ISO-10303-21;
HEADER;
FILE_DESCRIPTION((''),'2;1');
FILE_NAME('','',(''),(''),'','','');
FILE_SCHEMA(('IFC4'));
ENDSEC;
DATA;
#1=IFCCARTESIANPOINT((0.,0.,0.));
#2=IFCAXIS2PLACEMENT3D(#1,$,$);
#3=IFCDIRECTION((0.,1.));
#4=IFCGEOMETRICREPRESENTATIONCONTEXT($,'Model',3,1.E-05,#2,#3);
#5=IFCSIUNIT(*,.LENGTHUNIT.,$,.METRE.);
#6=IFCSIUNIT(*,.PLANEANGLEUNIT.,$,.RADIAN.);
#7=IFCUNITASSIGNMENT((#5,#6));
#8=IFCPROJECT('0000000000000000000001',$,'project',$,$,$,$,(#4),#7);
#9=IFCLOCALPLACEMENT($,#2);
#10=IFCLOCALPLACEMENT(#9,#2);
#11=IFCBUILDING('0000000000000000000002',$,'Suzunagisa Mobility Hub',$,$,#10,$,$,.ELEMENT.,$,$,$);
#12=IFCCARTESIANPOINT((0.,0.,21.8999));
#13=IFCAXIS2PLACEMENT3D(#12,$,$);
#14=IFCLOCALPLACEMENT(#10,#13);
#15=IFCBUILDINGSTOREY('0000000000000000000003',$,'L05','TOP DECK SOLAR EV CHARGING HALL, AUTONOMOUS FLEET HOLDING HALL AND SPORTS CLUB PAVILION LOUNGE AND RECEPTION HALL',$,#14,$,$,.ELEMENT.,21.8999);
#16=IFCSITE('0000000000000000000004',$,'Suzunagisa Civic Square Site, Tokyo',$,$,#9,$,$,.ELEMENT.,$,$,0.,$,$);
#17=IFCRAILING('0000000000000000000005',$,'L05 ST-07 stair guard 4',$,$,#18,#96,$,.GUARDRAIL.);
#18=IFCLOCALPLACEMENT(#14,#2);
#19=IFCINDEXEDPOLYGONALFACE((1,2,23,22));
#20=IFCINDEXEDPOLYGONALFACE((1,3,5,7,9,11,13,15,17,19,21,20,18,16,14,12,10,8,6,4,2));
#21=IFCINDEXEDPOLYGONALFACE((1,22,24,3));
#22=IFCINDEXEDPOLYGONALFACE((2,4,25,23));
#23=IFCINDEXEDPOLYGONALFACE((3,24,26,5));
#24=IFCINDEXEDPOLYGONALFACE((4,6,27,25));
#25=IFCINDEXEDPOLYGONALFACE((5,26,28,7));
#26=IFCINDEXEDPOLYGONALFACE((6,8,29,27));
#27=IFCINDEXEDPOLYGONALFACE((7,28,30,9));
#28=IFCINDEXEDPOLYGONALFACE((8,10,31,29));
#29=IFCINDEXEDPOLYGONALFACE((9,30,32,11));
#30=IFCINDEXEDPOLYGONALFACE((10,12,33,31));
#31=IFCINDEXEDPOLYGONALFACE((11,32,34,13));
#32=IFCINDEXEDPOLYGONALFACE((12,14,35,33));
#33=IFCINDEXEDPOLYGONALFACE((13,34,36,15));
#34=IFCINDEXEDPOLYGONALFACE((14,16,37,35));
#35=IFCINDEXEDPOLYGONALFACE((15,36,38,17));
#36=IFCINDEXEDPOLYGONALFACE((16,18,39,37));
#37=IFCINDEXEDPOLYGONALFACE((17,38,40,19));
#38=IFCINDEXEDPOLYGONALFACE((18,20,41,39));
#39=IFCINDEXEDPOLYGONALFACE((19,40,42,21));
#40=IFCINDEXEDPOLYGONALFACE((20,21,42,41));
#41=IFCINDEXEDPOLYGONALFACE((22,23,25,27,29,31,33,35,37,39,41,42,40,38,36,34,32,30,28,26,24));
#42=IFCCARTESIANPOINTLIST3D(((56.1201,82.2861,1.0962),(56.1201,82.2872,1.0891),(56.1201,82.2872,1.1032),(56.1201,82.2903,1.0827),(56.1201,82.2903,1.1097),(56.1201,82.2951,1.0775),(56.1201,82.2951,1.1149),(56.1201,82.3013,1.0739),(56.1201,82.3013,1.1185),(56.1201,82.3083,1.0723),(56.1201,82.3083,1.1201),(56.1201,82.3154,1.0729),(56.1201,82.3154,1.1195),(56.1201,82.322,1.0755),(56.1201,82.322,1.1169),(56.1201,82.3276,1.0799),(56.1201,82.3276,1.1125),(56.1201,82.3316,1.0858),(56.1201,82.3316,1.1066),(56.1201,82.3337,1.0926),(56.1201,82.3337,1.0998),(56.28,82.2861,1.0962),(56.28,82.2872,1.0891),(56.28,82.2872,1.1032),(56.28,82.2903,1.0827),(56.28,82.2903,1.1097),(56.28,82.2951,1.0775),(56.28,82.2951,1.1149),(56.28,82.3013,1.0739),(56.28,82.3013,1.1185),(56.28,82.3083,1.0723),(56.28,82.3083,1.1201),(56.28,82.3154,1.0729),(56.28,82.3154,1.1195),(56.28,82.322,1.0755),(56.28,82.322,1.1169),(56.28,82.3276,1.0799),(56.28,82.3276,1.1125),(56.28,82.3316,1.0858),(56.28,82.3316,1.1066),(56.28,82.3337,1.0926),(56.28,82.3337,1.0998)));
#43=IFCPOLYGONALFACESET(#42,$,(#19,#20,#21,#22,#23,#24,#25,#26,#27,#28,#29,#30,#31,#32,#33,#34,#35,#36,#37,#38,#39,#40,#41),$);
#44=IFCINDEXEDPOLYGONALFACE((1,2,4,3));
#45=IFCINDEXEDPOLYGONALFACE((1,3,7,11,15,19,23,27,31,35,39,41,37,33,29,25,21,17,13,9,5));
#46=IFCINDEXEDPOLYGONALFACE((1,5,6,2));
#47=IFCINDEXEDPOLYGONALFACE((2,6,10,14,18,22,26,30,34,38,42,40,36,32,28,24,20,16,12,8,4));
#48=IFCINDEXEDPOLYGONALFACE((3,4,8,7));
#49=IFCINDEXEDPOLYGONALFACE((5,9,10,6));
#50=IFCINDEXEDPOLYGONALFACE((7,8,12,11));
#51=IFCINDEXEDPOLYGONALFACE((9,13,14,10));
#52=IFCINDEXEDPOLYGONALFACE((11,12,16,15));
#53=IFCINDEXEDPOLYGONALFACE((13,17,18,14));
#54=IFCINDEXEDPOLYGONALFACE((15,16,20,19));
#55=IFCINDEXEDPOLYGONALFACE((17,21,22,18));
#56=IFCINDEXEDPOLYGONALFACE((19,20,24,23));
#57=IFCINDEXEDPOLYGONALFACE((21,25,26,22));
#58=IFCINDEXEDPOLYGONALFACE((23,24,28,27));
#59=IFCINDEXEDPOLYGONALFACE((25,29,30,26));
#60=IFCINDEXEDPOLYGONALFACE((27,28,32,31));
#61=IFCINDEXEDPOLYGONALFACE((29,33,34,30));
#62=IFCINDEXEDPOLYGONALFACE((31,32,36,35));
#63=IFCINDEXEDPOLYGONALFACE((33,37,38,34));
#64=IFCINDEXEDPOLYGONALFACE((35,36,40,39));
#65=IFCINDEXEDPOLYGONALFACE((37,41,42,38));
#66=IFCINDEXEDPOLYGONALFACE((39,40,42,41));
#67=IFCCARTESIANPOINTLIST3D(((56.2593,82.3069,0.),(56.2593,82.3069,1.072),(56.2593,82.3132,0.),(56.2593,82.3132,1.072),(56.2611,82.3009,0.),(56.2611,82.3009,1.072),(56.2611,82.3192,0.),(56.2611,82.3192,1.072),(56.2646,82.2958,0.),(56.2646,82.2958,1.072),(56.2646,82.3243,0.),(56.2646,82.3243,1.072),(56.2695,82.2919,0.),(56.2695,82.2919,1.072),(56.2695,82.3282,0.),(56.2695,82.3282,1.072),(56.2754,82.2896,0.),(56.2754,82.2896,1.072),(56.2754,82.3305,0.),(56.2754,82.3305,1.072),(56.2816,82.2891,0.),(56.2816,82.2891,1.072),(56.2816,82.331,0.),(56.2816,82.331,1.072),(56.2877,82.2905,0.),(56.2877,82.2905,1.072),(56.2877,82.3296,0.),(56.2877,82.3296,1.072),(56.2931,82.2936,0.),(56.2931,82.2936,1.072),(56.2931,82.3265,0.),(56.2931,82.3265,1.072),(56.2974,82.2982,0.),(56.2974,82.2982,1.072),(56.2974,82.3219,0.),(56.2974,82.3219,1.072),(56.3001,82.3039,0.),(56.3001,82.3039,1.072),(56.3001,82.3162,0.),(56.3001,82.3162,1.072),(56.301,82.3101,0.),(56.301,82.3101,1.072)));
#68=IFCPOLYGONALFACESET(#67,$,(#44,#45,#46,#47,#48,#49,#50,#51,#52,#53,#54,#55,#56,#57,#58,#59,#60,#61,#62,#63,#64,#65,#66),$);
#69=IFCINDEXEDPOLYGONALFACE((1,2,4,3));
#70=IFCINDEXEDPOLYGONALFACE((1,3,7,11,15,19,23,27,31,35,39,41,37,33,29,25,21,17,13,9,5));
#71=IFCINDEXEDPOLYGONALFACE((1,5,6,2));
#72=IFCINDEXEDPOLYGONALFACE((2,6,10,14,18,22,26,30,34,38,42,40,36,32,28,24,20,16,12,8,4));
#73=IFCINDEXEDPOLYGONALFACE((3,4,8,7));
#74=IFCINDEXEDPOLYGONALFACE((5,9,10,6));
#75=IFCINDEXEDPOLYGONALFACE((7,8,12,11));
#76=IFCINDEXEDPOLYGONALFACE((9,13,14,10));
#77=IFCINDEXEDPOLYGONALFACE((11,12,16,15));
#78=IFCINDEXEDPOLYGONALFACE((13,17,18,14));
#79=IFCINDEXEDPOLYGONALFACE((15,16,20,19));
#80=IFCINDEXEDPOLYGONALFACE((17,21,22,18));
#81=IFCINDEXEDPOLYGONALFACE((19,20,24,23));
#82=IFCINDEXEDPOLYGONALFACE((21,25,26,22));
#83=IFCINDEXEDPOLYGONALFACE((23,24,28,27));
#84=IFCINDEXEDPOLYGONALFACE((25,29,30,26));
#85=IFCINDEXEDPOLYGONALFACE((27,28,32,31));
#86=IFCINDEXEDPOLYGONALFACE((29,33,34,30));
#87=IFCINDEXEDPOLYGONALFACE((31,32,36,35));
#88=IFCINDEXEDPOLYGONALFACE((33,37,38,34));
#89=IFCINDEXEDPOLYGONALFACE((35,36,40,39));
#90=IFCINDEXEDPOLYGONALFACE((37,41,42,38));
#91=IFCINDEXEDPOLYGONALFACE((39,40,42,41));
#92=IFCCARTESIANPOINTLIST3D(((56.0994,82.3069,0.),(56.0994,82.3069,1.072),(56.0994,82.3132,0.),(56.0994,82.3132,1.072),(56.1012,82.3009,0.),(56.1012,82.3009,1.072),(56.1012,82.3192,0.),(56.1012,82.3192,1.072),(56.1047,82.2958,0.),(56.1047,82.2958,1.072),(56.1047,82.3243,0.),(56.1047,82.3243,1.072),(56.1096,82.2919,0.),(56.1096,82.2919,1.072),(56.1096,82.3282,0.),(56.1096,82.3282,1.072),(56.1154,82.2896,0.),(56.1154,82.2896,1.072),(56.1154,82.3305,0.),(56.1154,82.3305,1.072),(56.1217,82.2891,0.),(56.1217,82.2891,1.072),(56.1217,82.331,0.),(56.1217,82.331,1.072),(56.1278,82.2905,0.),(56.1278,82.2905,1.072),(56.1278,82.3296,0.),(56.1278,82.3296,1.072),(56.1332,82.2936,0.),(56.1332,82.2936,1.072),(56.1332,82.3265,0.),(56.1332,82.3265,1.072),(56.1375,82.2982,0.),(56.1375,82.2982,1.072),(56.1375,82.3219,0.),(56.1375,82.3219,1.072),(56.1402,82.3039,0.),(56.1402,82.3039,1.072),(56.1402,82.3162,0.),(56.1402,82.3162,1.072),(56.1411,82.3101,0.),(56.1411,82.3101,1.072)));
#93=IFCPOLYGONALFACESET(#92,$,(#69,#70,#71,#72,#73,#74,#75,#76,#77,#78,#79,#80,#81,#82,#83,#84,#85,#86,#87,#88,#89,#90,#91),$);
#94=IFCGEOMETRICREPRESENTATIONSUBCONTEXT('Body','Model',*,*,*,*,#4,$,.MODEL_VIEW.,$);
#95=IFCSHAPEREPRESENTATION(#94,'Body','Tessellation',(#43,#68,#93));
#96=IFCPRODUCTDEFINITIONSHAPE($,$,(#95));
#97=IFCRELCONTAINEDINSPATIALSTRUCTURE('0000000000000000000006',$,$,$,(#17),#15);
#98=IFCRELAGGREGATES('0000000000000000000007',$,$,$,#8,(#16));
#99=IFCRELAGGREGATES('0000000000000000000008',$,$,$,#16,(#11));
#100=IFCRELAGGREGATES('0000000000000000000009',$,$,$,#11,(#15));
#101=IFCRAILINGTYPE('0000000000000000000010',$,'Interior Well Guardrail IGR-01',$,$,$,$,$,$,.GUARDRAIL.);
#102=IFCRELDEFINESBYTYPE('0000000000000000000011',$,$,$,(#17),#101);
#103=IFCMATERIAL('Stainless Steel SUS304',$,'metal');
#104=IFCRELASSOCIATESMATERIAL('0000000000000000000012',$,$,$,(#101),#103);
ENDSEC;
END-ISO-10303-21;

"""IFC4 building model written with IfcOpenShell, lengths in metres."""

from ifc_helpers import new_model, si_unit, direction, frame, origin, origin_2d, place, context, subcontext, project, spatial, circle, extrude, material, type_object, element, save


model = new_model("IFC4")

# Units and contexts
model_context = context("Model", 3, precision=1e-05, world=origin(), true_north=direction((0.0, 1.0)))
body_context = subcontext(model_context, "Body", "Model", "MODEL_VIEW")
ifc_project = project(units=[si_unit("LENGTHUNIT", "METRE"), si_unit("PLANEANGLEUNIT", "RADIAN")], contexts=[model_context])

# Site, building, storey
site_placement = place(None, origin())
site = spatial("IfcSite", under=ifc_project, at=site_placement, Name="Suzunagisa Civic Square Site, Tokyo", CompositionType="ELEMENT", RefElevation=0.0)
building_placement = place(site_placement, origin())
building = spatial("IfcBuilding", under=site, at=building_placement, Name="Suzunagisa Mobility Hub", CompositionType="ELEMENT")
storey_placement = place(building_placement, frame((0.0, 0.0, 21.8999)))
storey = spatial("IfcBuildingStorey", under=building, at=storey_placement, Name="L05", Description="TOP DECK SOLAR EV CHARGING HALL, AUTONOMOUS FLEET HOLDING HALL AND SPORTS CLUB PAVILION LOUNGE AND RECEPTION HALL", CompositionType="ELEMENT", Elevation=21.8999)

# Railing
ifc_material_1 = material(Name="Stainless Steel SUS304", Category="metal")
railing_type_1 = type_object("IfcRailingType", Name="Interior Well Guardrail IGR-01", PredefinedType="GUARDRAIL", material=ifc_material_1)
railing_1_placement = place(storey_placement, frame((56.28, 82.3101, 0.0)))
element("IfcRailing", 1, at=railing_1_placement, inside=storey, type_object=railing_type_1, Name="L05 ST-07 stair guard 4", PredefinedType="GUARDRAIL", context=body_context, shape_type="SweptSolid", body=[
    extrude(circle(Radius=0.0239, at=origin_2d()), frame((0.0, 0.0, 1.0962), z_axis=(-1.0, 0.0, 0.0), x_axis=(0.0, -1.0, 0.0)), (0.0, 0.0, 1.0), 0.1599),
    extrude(circle(Radius=0.021, at=origin_2d()), origin(), (0.0, 0.0, 1.0), 1.072),
    extrude(circle(Radius=0.021, at=origin_2d()), frame((-0.1599, 0.0, 0.0)), (0.0, 0.0, 1.0), 1.072),
])

save(model, "model.ifc")
